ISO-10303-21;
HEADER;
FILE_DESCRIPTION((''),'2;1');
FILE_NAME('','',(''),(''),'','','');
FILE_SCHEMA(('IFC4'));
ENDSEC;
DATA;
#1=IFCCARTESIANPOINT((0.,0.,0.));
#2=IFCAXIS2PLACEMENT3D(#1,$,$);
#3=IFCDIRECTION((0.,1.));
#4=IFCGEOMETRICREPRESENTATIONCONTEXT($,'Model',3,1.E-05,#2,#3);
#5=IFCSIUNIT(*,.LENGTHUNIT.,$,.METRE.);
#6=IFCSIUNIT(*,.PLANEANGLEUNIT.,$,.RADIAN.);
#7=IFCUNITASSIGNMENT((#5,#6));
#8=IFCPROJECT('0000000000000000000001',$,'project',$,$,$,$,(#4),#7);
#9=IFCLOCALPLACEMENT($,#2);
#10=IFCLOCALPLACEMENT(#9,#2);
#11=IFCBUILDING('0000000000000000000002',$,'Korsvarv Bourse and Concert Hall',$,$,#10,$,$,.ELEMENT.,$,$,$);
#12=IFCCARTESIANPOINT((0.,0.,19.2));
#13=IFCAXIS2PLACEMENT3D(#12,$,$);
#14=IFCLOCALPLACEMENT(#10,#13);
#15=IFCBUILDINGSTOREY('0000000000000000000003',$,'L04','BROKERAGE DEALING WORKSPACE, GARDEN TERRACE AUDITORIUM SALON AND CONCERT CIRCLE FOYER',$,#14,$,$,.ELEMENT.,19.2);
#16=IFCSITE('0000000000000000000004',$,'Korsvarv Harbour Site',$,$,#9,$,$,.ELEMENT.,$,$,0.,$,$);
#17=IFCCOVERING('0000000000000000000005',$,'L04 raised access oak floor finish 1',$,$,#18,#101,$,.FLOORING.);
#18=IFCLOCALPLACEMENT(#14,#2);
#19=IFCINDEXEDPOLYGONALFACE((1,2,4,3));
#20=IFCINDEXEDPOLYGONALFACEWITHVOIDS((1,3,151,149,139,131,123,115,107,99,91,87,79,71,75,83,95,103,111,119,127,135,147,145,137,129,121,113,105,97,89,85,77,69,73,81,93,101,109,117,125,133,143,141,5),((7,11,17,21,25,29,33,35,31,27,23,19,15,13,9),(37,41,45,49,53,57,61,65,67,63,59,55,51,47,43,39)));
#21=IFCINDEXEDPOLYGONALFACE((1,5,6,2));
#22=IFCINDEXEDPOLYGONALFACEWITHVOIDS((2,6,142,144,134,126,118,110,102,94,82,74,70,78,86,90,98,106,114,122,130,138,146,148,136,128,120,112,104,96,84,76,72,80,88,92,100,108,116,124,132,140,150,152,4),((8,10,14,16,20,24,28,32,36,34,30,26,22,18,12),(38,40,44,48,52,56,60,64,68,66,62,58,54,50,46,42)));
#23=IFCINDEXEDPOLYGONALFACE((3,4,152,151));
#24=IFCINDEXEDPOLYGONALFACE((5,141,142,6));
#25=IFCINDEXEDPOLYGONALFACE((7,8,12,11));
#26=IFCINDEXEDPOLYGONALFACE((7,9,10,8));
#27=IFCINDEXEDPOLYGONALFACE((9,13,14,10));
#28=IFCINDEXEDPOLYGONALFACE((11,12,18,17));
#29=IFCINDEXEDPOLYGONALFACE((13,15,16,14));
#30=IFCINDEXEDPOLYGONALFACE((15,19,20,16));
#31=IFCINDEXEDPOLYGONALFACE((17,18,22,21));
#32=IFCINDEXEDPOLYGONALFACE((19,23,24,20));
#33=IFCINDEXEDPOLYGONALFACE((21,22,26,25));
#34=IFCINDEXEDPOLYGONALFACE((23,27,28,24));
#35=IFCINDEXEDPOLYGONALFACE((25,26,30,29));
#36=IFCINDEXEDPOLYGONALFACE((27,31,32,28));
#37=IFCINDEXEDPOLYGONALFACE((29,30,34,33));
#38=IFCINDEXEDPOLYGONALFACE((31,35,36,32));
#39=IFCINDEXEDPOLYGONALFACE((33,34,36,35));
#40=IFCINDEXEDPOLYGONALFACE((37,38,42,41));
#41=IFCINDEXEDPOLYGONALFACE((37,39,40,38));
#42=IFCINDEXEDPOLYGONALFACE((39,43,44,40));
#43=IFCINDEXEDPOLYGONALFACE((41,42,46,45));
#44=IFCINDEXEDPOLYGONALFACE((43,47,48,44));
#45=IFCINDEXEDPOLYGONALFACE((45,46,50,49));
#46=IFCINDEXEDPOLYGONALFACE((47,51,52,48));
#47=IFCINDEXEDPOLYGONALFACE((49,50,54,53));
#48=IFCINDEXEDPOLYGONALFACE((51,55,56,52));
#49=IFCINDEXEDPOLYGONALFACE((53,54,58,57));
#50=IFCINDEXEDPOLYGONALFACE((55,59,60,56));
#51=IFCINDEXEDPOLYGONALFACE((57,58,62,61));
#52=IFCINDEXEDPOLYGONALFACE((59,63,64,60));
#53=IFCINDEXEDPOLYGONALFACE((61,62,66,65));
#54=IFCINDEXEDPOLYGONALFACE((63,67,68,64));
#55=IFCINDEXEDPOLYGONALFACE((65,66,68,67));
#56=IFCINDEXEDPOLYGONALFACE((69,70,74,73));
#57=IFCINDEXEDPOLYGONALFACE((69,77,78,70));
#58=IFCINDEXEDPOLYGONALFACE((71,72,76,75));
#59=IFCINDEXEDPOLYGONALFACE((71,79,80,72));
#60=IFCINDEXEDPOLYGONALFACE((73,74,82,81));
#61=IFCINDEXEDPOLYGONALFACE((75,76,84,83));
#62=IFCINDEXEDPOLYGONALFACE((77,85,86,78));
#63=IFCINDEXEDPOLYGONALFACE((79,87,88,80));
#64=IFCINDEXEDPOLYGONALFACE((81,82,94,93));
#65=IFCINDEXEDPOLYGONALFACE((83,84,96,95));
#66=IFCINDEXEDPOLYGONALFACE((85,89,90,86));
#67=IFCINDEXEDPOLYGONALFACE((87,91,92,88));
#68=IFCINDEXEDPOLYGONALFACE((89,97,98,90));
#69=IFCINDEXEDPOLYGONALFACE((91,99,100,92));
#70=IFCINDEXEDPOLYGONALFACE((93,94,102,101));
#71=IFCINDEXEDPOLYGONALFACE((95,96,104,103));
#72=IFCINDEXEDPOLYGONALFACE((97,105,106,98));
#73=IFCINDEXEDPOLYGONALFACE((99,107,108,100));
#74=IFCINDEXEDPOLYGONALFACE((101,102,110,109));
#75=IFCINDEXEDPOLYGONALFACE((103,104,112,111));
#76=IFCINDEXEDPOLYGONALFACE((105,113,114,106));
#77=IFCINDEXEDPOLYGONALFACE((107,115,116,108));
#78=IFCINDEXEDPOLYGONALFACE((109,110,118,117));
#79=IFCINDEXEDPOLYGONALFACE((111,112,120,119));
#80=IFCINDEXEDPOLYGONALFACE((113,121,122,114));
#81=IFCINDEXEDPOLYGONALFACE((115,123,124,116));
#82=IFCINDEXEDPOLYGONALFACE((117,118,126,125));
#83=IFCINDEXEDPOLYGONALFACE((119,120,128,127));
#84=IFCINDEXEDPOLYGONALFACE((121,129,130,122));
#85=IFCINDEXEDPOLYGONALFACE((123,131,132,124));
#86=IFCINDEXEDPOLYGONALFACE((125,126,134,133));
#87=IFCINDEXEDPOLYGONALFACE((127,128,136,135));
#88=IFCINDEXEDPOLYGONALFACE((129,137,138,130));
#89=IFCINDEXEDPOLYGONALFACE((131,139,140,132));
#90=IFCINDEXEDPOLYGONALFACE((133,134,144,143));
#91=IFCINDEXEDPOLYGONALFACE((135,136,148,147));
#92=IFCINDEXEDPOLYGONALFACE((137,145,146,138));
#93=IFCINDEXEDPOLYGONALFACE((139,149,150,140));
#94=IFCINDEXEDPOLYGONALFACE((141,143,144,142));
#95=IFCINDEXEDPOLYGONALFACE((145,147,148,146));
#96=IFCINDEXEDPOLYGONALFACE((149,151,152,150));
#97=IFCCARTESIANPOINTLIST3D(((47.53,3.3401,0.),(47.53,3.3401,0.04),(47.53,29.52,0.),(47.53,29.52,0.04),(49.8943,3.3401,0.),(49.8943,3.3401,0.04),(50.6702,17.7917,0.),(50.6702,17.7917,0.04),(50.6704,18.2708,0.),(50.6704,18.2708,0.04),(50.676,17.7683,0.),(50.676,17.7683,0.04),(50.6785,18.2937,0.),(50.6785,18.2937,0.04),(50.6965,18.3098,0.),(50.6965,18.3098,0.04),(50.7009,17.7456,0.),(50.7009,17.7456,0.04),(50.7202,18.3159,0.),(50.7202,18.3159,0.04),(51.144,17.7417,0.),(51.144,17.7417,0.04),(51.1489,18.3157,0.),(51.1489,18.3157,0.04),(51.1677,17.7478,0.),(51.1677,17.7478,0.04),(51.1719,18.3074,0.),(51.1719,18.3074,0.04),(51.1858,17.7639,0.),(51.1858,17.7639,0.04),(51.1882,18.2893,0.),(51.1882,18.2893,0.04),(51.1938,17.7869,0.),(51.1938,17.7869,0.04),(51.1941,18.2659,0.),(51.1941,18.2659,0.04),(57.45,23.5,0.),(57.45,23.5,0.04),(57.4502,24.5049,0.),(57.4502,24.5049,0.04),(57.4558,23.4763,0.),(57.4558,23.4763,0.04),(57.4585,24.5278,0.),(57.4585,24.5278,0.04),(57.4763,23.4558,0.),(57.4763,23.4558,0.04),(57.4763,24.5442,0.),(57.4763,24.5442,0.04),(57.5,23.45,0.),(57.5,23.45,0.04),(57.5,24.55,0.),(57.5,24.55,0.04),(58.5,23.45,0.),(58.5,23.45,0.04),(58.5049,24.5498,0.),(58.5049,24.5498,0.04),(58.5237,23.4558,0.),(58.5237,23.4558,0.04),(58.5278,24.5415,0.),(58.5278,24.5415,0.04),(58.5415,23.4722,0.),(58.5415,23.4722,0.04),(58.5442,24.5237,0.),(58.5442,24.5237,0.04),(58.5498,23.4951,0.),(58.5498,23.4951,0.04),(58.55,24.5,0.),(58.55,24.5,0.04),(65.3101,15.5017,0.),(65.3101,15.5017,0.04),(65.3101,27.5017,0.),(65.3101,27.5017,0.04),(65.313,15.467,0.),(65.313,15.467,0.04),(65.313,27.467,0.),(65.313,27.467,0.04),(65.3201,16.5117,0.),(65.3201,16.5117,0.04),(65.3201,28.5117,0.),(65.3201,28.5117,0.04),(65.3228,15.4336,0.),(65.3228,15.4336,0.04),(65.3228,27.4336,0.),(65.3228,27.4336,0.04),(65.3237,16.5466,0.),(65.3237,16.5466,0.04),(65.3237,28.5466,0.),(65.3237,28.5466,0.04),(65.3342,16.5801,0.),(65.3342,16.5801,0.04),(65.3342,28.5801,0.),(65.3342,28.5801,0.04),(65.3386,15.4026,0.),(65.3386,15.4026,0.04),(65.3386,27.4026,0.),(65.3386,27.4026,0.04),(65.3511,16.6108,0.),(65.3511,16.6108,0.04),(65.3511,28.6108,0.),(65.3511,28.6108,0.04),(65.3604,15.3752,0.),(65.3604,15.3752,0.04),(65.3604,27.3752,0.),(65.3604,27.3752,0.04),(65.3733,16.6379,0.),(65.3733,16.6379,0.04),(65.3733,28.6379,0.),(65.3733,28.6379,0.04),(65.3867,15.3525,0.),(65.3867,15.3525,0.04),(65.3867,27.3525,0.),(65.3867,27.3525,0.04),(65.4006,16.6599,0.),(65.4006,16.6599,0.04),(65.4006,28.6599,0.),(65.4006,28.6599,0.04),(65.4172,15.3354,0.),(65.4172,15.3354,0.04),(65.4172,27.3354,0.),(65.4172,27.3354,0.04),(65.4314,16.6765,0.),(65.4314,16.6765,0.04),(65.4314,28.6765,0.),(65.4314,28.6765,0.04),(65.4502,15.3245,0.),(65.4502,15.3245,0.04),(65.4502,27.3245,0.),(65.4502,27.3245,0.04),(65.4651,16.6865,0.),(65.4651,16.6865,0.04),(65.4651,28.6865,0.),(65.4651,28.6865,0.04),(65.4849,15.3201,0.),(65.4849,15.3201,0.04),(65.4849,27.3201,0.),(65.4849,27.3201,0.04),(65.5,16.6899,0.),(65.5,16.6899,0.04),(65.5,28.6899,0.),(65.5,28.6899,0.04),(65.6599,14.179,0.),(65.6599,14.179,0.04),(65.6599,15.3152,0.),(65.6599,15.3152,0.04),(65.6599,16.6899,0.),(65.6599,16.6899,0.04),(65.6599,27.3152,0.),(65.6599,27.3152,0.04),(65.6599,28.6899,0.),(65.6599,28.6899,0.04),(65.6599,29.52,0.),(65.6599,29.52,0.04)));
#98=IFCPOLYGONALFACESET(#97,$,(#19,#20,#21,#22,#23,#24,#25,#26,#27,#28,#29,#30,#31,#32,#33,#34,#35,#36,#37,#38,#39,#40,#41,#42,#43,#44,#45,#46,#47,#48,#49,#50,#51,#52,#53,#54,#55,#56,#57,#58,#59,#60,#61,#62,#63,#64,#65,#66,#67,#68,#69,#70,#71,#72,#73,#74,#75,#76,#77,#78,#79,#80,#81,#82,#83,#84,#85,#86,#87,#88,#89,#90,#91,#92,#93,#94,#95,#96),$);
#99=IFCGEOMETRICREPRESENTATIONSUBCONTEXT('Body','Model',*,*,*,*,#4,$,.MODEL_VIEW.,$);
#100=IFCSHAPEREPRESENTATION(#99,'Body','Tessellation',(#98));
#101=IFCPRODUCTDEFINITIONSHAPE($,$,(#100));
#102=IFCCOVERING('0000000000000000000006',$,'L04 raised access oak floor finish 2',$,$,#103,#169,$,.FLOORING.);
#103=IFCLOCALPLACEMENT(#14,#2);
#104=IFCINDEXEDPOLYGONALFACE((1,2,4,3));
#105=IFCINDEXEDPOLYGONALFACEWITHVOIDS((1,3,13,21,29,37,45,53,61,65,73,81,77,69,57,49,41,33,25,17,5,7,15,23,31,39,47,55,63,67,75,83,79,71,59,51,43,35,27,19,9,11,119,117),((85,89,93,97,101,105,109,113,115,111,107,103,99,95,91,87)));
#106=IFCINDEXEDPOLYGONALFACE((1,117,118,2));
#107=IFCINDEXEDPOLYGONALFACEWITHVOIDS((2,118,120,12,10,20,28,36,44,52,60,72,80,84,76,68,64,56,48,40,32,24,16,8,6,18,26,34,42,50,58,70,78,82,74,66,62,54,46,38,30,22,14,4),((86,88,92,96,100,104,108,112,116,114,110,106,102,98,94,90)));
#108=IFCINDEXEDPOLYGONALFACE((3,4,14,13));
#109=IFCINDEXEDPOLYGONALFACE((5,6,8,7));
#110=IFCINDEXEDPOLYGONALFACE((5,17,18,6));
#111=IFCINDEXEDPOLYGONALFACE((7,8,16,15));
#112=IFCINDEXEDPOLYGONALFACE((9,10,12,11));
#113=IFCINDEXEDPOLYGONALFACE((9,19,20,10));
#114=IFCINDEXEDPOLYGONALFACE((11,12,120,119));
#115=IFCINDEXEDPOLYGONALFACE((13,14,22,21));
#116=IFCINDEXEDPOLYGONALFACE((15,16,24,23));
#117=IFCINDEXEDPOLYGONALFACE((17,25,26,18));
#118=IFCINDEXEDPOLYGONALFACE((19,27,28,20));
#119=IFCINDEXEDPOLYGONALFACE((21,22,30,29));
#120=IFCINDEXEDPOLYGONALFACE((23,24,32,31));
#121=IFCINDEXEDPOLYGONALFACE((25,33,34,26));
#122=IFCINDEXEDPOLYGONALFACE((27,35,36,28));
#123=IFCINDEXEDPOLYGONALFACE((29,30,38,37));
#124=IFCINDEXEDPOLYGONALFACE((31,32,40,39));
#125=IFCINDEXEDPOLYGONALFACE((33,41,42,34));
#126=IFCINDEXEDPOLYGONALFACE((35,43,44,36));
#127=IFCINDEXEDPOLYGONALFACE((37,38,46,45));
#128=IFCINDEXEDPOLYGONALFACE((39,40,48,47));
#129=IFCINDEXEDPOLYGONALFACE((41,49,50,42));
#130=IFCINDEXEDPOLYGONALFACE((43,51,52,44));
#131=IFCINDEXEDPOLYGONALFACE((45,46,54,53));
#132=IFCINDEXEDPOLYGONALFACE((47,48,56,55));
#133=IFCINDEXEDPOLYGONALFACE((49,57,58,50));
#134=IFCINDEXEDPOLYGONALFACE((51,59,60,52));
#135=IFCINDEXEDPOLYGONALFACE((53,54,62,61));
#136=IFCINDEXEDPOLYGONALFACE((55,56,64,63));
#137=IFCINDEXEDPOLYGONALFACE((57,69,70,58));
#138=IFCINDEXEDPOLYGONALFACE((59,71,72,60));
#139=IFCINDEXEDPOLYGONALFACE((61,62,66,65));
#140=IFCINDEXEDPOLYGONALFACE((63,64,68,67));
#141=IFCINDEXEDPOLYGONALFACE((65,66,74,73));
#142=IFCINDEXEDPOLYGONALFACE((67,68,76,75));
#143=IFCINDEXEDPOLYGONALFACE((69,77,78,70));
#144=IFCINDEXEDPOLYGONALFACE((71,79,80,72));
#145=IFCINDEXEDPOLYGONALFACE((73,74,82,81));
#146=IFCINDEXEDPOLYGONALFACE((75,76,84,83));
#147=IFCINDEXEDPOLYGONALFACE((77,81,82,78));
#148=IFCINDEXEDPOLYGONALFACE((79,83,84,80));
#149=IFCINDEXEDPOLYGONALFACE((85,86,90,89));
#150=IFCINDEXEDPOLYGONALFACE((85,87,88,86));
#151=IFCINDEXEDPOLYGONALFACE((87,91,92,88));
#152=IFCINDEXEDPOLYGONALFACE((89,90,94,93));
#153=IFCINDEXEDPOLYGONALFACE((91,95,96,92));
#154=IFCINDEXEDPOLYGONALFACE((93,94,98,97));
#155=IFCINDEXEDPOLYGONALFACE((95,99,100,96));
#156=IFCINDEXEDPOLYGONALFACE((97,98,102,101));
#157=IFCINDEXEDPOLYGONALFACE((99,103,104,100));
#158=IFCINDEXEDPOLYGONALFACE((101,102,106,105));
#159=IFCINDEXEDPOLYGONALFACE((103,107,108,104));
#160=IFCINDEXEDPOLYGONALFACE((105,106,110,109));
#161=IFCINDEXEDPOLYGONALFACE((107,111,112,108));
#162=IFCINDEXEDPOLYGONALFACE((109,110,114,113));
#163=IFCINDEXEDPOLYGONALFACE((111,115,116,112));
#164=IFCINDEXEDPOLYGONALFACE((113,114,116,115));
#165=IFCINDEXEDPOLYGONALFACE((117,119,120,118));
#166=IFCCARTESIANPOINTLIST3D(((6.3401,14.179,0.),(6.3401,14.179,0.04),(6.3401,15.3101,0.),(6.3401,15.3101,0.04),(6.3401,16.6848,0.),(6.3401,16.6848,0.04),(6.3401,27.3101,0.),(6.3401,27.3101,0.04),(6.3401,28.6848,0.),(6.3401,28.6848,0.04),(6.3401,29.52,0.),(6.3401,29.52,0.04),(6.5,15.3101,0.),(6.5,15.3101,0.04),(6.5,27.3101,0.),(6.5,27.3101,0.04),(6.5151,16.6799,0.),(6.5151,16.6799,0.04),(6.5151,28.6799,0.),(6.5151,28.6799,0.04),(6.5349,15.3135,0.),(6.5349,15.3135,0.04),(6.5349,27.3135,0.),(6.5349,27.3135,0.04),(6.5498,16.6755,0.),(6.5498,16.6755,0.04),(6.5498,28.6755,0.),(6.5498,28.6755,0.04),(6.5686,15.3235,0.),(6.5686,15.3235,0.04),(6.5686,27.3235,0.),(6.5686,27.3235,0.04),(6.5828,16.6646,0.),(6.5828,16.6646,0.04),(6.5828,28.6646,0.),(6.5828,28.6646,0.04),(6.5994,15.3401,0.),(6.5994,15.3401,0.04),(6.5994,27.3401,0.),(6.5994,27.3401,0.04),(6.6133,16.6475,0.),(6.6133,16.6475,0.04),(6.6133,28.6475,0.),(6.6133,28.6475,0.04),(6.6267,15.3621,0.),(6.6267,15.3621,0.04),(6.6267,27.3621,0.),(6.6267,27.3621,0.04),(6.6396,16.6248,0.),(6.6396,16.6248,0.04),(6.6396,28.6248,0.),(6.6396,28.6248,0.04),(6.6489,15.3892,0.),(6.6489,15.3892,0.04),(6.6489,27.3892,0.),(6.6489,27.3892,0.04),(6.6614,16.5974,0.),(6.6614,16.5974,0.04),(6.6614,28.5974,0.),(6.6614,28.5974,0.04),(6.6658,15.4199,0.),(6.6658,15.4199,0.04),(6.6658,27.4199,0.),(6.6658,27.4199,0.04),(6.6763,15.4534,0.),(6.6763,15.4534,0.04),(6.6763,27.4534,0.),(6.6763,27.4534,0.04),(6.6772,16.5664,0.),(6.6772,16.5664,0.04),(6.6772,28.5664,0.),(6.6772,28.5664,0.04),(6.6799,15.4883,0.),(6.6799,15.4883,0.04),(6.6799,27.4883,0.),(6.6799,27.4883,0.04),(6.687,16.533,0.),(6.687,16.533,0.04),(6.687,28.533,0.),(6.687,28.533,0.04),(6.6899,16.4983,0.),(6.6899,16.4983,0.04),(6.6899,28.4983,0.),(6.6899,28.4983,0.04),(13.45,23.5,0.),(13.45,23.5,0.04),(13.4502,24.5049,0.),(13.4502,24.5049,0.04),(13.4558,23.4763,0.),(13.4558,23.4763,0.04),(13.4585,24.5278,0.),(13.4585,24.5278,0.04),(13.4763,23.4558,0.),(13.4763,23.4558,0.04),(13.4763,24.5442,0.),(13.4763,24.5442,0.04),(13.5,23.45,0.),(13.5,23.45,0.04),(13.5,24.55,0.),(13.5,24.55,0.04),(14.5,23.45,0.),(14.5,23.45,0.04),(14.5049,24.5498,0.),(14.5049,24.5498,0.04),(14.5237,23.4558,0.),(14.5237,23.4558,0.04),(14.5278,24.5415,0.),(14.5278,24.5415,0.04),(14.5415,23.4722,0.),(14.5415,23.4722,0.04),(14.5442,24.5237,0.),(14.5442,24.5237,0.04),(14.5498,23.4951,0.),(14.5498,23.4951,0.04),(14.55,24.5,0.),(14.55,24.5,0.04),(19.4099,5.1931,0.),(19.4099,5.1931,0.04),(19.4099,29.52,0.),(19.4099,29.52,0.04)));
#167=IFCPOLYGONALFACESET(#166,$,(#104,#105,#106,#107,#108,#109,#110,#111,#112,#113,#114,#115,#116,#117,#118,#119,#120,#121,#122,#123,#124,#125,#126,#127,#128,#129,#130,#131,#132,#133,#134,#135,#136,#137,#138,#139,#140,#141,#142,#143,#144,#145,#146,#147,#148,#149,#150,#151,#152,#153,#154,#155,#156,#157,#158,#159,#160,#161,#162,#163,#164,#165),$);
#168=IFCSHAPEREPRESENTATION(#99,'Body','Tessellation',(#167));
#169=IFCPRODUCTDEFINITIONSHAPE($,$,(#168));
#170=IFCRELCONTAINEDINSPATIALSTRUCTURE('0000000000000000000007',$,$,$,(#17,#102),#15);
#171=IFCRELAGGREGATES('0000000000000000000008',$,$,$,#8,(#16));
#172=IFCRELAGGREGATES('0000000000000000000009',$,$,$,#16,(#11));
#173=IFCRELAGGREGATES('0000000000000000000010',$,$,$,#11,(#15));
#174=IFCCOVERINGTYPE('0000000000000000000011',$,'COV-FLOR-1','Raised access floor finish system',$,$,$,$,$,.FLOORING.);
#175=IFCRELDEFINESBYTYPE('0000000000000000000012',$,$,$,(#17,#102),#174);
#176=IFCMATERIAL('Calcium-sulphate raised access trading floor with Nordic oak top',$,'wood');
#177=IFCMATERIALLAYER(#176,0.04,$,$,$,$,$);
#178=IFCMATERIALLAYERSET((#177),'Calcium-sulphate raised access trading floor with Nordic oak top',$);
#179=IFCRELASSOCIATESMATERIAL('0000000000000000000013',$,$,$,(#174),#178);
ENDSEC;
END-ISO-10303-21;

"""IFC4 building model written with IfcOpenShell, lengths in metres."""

from ifc_helpers import new_model, si_unit, direction, frame, origin, place, context, subcontext, project, spatial, polyline, outline, extrude, material, layer, layer_set, type_object, element, save


model = new_model("IFC4")

# Units and contexts
model_context = context("Model", 3, precision=1e-05, world=origin(), true_north=direction((0.0, 1.0)))
body_context = subcontext(model_context, "Body", "Model", "MODEL_VIEW")
ifc_project = project(units=[si_unit("LENGTHUNIT", "METRE"), si_unit("PLANEANGLEUNIT", "RADIAN")], contexts=[model_context])

# Site, building, storey
site_placement = place(None, origin())
site = spatial("IfcSite", under=ifc_project, at=site_placement, Name="Korsvarv Harbour Site", CompositionType="ELEMENT", RefElevation=0.0)
building_placement = place(site_placement, origin())
building = spatial("IfcBuilding", under=site, at=building_placement, Name="Korsvarv Bourse and Concert Hall", CompositionType="ELEMENT")
storey_placement = place(building_placement, frame((0.0, 0.0, 19.2)))
storey = spatial("IfcBuildingStorey", under=building, at=storey_placement, Name="L04", Description="BROKERAGE DEALING WORKSPACE, GARDEN TERRACE AUDITORIUM SALON AND CONCERT CIRCLE FOYER", CompositionType="ELEMENT", Elevation=19.2)

# Coverings
ifc_material_1 = material(Name="Calcium-sulphate raised access trading floor with Nordic oak top", Category="wood")
ifc_layer_1 = layer(ifc_material_1, 0.04)
ifc_layer_set_1 = layer_set([ifc_layer_1], Name="Calcium-sulphate raised access trading floor with Nordic oak top")
covering_type_1 = type_object("IfcCoveringType", Name="COV-FLOR-1", Description="Raised access floor finish system", PredefinedType="FLOORING", material=ifc_layer_set_1)
covering_1_placement = place(storey_placement, origin())
element("IfcCovering", 1, at=covering_1_placement, inside=storey, type_object=covering_type_1, Name="L04 raised access oak floor finish 1", PredefinedType="FLOORING", context=body_context, shape_type="SweptSolid", body=[
    extrude(outline(polyline([(47.53, 29.52), (65.6599, 29.52), (65.6599, 28.6899), (65.5, 28.6899), (65.4651, 28.6865), (65.4314, 28.6765), (65.4006, 28.6599), (65.3733, 28.6379), (65.3511, 28.6108), (65.3342, 28.5801), (65.3237, 28.5466), (65.3201, 28.5117), (65.3101, 27.5017), (65.313, 27.467), (65.3228, 27.4336), (65.3386, 27.4026), (65.3604, 27.3752), (65.3867, 27.3525), (65.4172, 27.3354), (65.4502, 27.3245), (65.4849, 27.3201), (65.6599, 27.3152), (65.6599, 16.6899), (65.5, 16.6899), (65.4651, 16.6865), (65.4314, 16.6765), (65.4006, 16.6599), (65.3733, 16.6379), (65.3511, 16.6108), (65.3342, 16.5801), (65.3237, 16.5466), (65.3201, 16.5117), (65.3101, 15.5017), (65.313, 15.467), (65.3228, 15.4336), (65.3386, 15.4026), (65.3604, 15.3752), (65.3867, 15.3525), (65.4172, 15.3354), (65.4502, 15.3245), (65.4849, 15.3201), (65.6599, 15.3152), (65.6599, 14.179), (49.8943, 3.3401), (47.53, 3.3401), (47.53, 29.52)]), holes=[polyline([(50.7009, 17.7456), (51.144, 17.7417), (51.1677, 17.7478), (51.1858, 17.7639), (51.1938, 17.7869), (51.1941, 18.2659), (51.1882, 18.2893), (51.1719, 18.3074), (51.1489, 18.3157), (50.7202, 18.3159), (50.6965, 18.3098), (50.6785, 18.2937), (50.6704, 18.2708), (50.6702, 17.7917), (50.676, 17.7683), (50.7009, 17.7456)]), polyline([(57.4763, 23.4558), (57.5, 23.45), (58.5, 23.45), (58.5237, 23.4558), (58.5415, 23.4722), (58.5498, 23.4951), (58.55, 24.5), (58.5442, 24.5237), (58.5278, 24.5415), (58.5049, 24.5498), (57.5, 24.55), (57.4763, 24.5442), (57.4585, 24.5278), (57.4502, 24.5049), (57.45, 23.5), (57.4558, 23.4763), (57.4763, 23.4558)])]), origin(), (0.0, 0.0, 1.0), 0.04),
])
covering_2_placement = place(storey_placement, origin())
element("IfcCovering", 2, at=covering_2_placement, inside=storey, type_object=covering_type_1, Name="L04 raised access oak floor finish 2", PredefinedType="FLOORING", context=body_context, shape_type="SweptSolid", body=[
    extrude(outline(polyline([(19.4099, 5.1931), (6.3401, 14.179), (6.3401, 15.3101), (6.5, 15.3101), (6.5349, 15.3135), (6.5686, 15.3235), (6.5994, 15.3401), (6.6267, 15.3621), (6.6489, 15.3892), (6.6658, 15.4199), (6.6763, 15.4534), (6.6799, 15.4883), (6.6899, 16.4983), (6.687, 16.533), (6.6772, 16.5664), (6.6614, 16.5974), (6.6396, 16.6248), (6.6133, 16.6475), (6.5828, 16.6646), (6.5498, 16.6755), (6.5151, 16.6799), (6.3401, 16.6848), (6.3401, 27.3101), (6.5, 27.3101), (6.5349, 27.3135), (6.5686, 27.3235), (6.5994, 27.3401), (6.6267, 27.3621), (6.6489, 27.3892), (6.6658, 27.4199), (6.6763, 27.4534), (6.6799, 27.4883), (6.6899, 28.4983), (6.687, 28.533), (6.6772, 28.5664), (6.6614, 28.5974), (6.6396, 28.6248), (6.6133, 28.6475), (6.5828, 28.6646), (6.5498, 28.6755), (6.5151, 28.6799), (6.3401, 28.6848), (6.3401, 29.52), (19.4099, 29.52), (19.4099, 5.1931)]), holes=[polyline([(13.4763, 23.4558), (13.5, 23.45), (14.5, 23.45), (14.5237, 23.4558), (14.5415, 23.4722), (14.5498, 23.4951), (14.55, 24.5), (14.5442, 24.5237), (14.5278, 24.5415), (14.5049, 24.5498), (13.5, 24.55), (13.4763, 24.5442), (13.4585, 24.5278), (13.4502, 24.5049), (13.45, 23.5), (13.4558, 23.4763), (13.4763, 23.4558)])]), origin(), (0.0, 0.0, 1.0), 0.04),
])

save(model, "model.ifc")
